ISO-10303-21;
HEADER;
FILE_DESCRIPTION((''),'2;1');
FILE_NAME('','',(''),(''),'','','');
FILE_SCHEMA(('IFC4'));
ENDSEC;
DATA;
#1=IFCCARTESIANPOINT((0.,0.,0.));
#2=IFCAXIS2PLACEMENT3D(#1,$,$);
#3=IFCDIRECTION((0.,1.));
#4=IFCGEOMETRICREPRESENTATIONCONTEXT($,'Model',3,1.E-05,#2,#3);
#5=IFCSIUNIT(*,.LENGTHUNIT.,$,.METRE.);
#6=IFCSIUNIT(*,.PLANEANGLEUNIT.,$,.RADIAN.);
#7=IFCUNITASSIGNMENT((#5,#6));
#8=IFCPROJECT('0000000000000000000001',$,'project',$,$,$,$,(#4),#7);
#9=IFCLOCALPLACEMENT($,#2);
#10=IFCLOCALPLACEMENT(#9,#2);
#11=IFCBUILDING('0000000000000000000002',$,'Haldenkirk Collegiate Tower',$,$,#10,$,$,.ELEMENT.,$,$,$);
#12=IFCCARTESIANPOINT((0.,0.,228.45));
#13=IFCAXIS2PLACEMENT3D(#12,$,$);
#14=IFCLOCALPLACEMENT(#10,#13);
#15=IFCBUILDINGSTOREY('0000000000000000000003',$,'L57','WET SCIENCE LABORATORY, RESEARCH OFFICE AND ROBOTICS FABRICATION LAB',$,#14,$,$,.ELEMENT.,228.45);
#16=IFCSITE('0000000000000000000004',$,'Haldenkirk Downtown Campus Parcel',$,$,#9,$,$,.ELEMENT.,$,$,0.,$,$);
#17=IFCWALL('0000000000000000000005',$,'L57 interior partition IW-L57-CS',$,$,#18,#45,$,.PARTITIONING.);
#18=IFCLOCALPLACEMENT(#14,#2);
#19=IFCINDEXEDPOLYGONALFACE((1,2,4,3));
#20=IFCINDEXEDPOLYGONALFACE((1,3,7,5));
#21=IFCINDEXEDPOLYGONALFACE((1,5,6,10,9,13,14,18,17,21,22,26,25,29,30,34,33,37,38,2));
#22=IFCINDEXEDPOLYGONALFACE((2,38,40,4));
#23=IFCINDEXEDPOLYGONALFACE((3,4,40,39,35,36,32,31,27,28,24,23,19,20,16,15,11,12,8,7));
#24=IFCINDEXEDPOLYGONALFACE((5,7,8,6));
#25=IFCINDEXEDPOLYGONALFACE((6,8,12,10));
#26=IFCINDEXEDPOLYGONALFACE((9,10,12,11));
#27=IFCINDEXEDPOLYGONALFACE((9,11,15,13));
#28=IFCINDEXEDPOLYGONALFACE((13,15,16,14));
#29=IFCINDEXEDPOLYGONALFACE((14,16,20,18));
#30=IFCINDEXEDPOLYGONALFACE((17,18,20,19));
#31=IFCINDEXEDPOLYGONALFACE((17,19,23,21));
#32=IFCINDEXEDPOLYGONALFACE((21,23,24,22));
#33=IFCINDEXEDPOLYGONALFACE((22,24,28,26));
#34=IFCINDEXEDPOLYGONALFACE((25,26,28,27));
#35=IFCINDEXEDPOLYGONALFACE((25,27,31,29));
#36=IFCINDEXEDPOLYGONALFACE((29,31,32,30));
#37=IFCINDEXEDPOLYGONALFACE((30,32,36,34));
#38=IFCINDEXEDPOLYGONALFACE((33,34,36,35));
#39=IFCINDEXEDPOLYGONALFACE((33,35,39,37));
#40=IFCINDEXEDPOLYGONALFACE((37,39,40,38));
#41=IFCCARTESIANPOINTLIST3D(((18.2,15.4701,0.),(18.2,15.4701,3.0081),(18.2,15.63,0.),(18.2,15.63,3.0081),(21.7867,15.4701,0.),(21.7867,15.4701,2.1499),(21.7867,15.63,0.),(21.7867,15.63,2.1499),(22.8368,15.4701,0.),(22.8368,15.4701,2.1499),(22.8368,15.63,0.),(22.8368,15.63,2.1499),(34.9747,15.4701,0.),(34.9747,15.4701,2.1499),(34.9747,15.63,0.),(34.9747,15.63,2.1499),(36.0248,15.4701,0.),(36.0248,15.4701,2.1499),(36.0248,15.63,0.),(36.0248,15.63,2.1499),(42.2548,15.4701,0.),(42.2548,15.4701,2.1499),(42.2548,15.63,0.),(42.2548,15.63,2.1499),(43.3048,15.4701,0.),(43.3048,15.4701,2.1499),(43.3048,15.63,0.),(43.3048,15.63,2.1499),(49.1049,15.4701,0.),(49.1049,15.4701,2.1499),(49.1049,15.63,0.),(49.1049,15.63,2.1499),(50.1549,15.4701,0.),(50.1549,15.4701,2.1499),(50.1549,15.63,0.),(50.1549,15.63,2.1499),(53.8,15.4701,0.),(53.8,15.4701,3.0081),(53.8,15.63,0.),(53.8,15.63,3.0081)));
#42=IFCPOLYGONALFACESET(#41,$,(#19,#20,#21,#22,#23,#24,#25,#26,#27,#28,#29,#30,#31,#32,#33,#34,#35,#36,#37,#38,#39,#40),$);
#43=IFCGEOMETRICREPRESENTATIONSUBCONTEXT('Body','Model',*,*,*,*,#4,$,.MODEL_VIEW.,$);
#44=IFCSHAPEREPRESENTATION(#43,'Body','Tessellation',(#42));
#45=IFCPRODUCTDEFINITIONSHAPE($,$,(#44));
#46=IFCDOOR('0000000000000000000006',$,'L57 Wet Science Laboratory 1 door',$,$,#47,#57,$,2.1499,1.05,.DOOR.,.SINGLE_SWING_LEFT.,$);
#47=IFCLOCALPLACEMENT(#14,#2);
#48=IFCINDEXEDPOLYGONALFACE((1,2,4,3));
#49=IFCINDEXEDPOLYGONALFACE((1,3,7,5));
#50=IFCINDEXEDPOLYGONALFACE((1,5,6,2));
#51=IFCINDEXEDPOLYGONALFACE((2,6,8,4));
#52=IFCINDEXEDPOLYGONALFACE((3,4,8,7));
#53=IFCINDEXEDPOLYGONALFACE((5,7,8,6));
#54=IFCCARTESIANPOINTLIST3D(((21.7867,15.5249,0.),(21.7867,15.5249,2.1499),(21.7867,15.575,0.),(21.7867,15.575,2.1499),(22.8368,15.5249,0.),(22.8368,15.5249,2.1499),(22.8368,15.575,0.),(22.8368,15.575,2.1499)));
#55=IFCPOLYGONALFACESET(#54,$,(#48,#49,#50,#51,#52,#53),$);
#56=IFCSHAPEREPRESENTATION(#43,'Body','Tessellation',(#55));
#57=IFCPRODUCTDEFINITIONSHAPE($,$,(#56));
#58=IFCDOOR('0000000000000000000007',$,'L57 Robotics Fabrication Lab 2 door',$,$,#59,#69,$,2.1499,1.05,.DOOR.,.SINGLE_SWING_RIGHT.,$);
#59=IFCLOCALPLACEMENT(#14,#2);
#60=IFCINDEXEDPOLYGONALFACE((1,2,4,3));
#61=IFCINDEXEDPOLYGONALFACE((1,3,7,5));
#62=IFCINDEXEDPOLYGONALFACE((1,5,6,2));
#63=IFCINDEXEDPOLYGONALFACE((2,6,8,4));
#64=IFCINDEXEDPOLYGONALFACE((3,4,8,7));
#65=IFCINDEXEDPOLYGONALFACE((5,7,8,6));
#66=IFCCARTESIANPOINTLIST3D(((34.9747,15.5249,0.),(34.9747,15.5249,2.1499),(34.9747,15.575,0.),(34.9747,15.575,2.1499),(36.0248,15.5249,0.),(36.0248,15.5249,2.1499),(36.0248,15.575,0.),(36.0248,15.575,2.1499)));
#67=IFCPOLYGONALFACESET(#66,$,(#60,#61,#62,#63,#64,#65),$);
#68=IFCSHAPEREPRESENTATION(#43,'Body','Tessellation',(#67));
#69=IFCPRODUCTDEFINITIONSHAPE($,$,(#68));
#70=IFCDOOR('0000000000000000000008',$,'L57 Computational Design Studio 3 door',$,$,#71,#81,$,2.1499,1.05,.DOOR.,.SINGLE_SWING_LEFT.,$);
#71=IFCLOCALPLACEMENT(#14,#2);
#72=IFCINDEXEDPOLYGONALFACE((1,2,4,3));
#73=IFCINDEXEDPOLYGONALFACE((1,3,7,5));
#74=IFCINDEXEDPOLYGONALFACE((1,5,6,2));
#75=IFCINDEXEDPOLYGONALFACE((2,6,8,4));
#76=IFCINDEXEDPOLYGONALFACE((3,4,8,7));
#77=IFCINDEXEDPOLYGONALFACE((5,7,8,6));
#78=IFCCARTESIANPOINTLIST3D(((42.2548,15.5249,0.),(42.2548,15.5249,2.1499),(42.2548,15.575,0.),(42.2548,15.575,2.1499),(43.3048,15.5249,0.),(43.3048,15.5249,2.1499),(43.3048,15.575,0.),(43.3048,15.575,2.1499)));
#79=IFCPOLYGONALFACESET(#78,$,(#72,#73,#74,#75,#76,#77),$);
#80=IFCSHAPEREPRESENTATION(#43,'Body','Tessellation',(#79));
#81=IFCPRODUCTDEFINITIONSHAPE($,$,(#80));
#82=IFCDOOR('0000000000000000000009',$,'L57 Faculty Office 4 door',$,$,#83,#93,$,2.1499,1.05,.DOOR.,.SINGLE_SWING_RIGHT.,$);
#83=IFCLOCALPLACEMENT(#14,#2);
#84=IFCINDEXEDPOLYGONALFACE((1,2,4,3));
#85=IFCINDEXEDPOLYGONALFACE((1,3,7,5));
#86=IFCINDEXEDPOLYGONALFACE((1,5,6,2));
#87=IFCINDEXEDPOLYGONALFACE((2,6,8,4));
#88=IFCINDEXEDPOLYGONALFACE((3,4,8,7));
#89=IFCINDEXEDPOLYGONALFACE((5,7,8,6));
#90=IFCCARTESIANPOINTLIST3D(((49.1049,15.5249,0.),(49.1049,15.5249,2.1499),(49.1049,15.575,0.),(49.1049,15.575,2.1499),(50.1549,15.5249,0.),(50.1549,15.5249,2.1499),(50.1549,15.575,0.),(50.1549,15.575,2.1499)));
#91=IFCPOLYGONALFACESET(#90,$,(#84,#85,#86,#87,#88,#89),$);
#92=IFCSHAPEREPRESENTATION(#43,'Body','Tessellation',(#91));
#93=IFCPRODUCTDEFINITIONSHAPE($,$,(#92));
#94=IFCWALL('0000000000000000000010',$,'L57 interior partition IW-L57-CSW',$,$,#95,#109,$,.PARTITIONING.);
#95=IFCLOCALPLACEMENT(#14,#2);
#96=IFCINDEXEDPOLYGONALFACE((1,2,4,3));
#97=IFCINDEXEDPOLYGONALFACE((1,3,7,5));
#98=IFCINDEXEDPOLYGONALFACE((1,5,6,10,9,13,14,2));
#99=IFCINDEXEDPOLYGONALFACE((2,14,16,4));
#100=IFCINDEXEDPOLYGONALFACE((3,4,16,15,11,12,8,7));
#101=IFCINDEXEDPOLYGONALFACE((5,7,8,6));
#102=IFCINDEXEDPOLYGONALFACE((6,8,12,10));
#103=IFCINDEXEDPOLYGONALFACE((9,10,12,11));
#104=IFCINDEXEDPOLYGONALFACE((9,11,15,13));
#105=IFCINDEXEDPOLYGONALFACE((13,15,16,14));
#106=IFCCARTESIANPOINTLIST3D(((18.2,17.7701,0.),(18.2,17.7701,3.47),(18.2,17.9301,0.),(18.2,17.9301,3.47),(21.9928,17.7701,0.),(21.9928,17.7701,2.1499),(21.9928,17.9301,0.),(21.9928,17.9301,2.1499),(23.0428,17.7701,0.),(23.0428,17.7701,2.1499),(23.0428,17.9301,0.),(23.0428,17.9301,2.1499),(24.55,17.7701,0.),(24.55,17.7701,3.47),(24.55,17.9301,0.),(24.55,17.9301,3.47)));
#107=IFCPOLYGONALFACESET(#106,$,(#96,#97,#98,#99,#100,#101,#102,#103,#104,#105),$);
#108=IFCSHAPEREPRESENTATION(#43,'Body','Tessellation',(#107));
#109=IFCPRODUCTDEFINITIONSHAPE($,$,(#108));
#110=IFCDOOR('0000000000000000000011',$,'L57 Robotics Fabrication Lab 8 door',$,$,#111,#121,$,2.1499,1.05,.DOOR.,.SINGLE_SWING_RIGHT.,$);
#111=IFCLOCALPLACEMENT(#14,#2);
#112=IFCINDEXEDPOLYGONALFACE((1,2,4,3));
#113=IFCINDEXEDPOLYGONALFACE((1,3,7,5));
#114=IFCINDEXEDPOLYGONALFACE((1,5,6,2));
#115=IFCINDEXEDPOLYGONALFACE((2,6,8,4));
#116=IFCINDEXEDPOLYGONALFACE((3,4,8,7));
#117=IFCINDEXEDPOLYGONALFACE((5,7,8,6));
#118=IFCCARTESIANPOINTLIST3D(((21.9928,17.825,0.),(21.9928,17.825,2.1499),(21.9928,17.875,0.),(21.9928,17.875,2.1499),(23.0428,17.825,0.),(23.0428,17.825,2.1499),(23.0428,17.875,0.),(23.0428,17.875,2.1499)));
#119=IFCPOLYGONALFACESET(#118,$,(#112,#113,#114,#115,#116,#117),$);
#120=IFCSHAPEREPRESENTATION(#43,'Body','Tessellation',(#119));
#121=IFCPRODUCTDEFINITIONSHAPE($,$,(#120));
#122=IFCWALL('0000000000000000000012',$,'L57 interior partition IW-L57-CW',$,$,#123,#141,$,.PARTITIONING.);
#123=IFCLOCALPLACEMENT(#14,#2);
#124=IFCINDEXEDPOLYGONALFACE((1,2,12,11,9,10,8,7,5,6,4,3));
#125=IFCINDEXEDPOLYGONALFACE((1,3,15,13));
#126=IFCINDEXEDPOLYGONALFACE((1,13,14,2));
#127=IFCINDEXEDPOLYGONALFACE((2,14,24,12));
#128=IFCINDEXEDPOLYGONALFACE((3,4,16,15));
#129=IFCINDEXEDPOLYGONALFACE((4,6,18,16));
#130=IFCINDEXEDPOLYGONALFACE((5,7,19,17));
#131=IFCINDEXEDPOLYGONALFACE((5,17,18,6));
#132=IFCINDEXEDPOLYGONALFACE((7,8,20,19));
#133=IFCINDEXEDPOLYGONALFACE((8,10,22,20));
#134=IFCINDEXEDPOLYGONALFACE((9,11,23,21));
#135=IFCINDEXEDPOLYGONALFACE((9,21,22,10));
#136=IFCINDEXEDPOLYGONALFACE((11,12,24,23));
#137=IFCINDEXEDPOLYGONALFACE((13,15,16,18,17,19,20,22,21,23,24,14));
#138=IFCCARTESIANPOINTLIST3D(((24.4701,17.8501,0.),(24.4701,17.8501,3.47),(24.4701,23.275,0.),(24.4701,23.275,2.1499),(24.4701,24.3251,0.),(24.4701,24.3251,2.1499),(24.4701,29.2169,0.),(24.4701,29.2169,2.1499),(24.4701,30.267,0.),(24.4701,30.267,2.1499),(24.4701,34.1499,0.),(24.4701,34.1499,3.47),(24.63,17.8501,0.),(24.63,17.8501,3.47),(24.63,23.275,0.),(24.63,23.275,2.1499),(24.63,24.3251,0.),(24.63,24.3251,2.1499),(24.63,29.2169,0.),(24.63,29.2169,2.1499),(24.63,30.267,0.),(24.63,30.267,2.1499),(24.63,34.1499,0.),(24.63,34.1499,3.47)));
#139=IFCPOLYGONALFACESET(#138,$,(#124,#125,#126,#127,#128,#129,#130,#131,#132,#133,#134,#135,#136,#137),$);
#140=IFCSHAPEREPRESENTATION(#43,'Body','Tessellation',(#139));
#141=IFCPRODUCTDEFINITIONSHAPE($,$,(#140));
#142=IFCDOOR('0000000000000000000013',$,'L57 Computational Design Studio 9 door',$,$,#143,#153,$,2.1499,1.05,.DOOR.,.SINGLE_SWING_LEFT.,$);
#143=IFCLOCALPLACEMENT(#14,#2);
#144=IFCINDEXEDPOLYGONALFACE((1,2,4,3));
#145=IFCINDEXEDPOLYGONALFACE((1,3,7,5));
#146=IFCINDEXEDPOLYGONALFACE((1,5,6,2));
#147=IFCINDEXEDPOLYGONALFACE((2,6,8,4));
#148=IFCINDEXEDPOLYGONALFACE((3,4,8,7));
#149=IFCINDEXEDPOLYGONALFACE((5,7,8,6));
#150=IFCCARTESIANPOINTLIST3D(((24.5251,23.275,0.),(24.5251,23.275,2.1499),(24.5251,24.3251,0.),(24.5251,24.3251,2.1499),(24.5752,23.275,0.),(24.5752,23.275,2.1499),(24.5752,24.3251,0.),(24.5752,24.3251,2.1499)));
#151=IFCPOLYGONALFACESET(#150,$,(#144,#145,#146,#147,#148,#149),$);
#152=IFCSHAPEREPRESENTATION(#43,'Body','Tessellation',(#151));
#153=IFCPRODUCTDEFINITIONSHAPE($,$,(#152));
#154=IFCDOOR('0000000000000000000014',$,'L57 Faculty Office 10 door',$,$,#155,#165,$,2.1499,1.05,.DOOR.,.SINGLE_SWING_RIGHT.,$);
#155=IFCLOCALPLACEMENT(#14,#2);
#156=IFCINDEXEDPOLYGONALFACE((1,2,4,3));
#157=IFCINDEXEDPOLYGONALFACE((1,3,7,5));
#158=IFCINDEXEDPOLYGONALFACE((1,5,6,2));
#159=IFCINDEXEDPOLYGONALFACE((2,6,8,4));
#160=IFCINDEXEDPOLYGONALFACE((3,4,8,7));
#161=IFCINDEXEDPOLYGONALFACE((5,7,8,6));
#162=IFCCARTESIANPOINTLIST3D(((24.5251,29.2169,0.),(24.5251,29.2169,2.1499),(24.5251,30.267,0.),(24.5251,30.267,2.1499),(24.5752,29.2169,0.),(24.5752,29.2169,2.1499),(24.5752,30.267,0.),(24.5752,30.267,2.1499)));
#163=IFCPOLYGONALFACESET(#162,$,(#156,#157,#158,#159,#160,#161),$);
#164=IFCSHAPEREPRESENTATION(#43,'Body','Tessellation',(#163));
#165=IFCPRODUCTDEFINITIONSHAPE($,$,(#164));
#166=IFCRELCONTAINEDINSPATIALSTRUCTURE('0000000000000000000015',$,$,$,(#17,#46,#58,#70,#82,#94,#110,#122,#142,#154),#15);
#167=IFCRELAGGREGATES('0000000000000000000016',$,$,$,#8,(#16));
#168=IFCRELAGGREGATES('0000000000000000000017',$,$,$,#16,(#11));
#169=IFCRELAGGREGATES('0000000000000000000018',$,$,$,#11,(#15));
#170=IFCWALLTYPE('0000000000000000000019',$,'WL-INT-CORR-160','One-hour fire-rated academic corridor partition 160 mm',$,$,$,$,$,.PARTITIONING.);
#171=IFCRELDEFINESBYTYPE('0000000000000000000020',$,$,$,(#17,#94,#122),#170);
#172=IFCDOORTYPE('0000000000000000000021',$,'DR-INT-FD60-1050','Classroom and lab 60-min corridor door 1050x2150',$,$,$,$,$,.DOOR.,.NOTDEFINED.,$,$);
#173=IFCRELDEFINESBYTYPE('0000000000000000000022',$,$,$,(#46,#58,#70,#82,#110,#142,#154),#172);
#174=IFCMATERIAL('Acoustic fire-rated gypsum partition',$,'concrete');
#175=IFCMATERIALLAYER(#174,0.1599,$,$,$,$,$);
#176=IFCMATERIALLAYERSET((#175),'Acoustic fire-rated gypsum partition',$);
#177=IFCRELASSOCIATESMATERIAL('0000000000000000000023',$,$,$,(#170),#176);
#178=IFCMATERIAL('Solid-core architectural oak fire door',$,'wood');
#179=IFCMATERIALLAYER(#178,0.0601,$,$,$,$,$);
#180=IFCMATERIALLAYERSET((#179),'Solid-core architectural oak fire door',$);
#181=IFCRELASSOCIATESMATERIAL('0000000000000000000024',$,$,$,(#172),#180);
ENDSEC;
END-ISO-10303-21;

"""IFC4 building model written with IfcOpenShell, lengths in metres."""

from ifc_helpers import new_model, si_unit, direction, frame, frame_2d, origin, place, context, subcontext, project, spatial, rectangle, extrude, material, layer, layer_set, type_object, element, fill, save


model = new_model("IFC4")

# Units and contexts
model_context = context("Model", 3, precision=1e-05, world=origin(), true_north=direction((0.0, 1.0)))
body_context = subcontext(model_context, "Body", "Model", "MODEL_VIEW")
ifc_project = project(units=[si_unit("LENGTHUNIT", "METRE"), si_unit("PLANEANGLEUNIT", "RADIAN")], contexts=[model_context])

# Site, building, storey
site_placement = place(None, origin())
site = spatial("IfcSite", under=ifc_project, at=site_placement, Name="Haldenkirk Downtown Campus Parcel", CompositionType="ELEMENT", RefElevation=0.0)
building_placement = place(site_placement, origin())
building = spatial("IfcBuilding", under=site, at=building_placement, Name="Haldenkirk Collegiate Tower", CompositionType="ELEMENT")
storey_placement = place(building_placement, frame((0.0, 0.0, 228.45)))
storey = spatial("IfcBuildingStorey", under=building, at=storey_placement, Name="L57", Description="WET SCIENCE LABORATORY, RESEARCH OFFICE AND ROBOTICS FABRICATION LAB", CompositionType="ELEMENT", Elevation=228.45)

# Wall, openings, doors
ifc_material_1 = material(Name="Acoustic fire-rated gypsum partition", Category="concrete")
ifc_layer_1 = layer(ifc_material_1, 0.1599)
ifc_layer_set_1 = layer_set([ifc_layer_1], Name="Acoustic fire-rated gypsum partition")
wall_type_1 = type_object("IfcWallType", Name="WL-INT-CORR-160", Description="One-hour fire-rated academic corridor partition 160 mm", PredefinedType="PARTITIONING", material=ifc_layer_set_1)
wall_1_placement = place(storey_placement, frame((18.2, 15.55, 0.0), z_axis=(0.0, 0.0, 1.0), x_axis=(1.0, 0.0, 0.0)))
wall_1 = element("IfcWall", 1, at=wall_1_placement, inside=storey, type_object=wall_type_1, Name="L57 interior partition IW-L57-CS", PredefinedType="PARTITIONING", context=body_context, shape_type="SweptSolid", body=[
    extrude(rectangle(XDim=35.6001, YDim=0.1599, at=frame_2d((17.8, 0.0))), origin(), (0.0, 0.0, 1.0), 3.0081),
])
opening_1_placement = place(wall_1_placement, frame((3.5869, 0.0, 0.0)))
opening_1 = element("IfcOpeningElement", 2, at=opening_1_placement, cuts=wall_1, PredefinedType="OPENING", context=body_context, shape_type="SweptSolid", body=[
    extrude(rectangle(XDim=1.05, YDim=2.1499, at=frame_2d((0.5249, 1.075))), frame((0.0, 0.0898, 0.0), z_axis=(0.0, -1.0, 0.0), x_axis=(1.0, 0.0, 0.0)), (0.0, 0.0, 1.0), 0.1799),
])
opening_2_placement = place(wall_1_placement, frame((16.7749, 0.0, 0.0)))
opening_2 = element("IfcOpeningElement", 3, at=opening_2_placement, cuts=wall_1, PredefinedType="OPENING", context=body_context, shape_type="SweptSolid", body=[
    extrude(rectangle(XDim=1.05, YDim=2.1499, at=frame_2d((0.5249, 1.075))), frame((0.0, 0.0898, 0.0), z_axis=(0.0, -1.0, 0.0), x_axis=(1.0, 0.0, 0.0)), (0.0, 0.0, 1.0), 0.1799),
])
opening_3_placement = place(wall_1_placement, frame((24.0549, 0.0, 0.0)))
opening_3 = element("IfcOpeningElement", 4, at=opening_3_placement, cuts=wall_1, PredefinedType="OPENING", context=body_context, shape_type="SweptSolid", body=[
    extrude(rectangle(XDim=1.05, YDim=2.1499, at=frame_2d((0.5249, 1.075))), frame((0.0, 0.0898, 0.0), z_axis=(0.0, -1.0, 0.0), x_axis=(1.0, 0.0, 0.0)), (0.0, 0.0, 1.0), 0.1799),
])
opening_4_placement = place(wall_1_placement, frame((30.905, 0.0, 0.0)))
opening_4 = element("IfcOpeningElement", 5, at=opening_4_placement, cuts=wall_1, PredefinedType="OPENING", context=body_context, shape_type="SweptSolid", body=[
    extrude(rectangle(XDim=1.05, YDim=2.1499, at=frame_2d((0.5249, 1.075))), frame((0.0, 0.0898, 0.0), z_axis=(0.0, -1.0, 0.0), x_axis=(1.0, 0.0, 0.0)), (0.0, 0.0, 1.0), 0.1799),
])
ifc_material_2 = material(Name="Solid-core architectural oak fire door", Category="wood")
ifc_layer_2 = layer(ifc_material_2, 0.0601)
ifc_layer_set_2 = layer_set([ifc_layer_2], Name="Solid-core architectural oak fire door")
door_type_1 = type_object("IfcDoorType", Name="DR-INT-FD60-1050", Description="Classroom and lab 60-min corridor door 1050x2150", OperationType="NOTDEFINED", PredefinedType="DOOR", material=ifc_layer_set_2)
door_1_placement = place(opening_1_placement, origin())
door_1 = element("IfcDoor", 6, at=door_1_placement, inside=storey, type_object=door_type_1, Name="L57 Wet Science Laboratory 1 door", OperationType="SINGLE_SWING_LEFT", OverallHeight=2.1499, OverallWidth=1.05, PredefinedType="DOOR", context=body_context, shape_type="SweptSolid", body=[
    extrude(rectangle(XDim=1.05, YDim=2.1499, at=frame_2d((0.5249, 1.075))), frame((0.0, 0.0249, 0.0), z_axis=(0.0, -1.0, 0.0), x_axis=(1.0, 0.0, 0.0)), (0.0, 0.0, 1.0), 0.05),
])
fill(opening_1, door_1)
door_2_placement = place(opening_2_placement, origin())
door_2 = element("IfcDoor", 7, at=door_2_placement, inside=storey, type_object=door_type_1, Name="L57 Robotics Fabrication Lab 2 door", OperationType="SINGLE_SWING_RIGHT", OverallHeight=2.1499, OverallWidth=1.05, PredefinedType="DOOR", context=body_context, shape_type="SweptSolid", body=[
    extrude(rectangle(XDim=1.05, YDim=2.1499, at=frame_2d((0.5249, 1.075))), frame((0.0, 0.0249, 0.0), z_axis=(0.0, -1.0, 0.0), x_axis=(1.0, 0.0, 0.0)), (0.0, 0.0, 1.0), 0.05),
])
fill(opening_2, door_2)
door_3_placement = place(opening_3_placement, origin())
door_3 = element("IfcDoor", 8, at=door_3_placement, inside=storey, type_object=door_type_1, Name="L57 Computational Design Studio 3 door", OperationType="SINGLE_SWING_LEFT", OverallHeight=2.1499, OverallWidth=1.05, PredefinedType="DOOR", context=body_context, shape_type="SweptSolid", body=[
    extrude(rectangle(XDim=1.05, YDim=2.1499, at=frame_2d((0.5249, 1.075))), frame((0.0, 0.0249, 0.0), z_axis=(0.0, -1.0, 0.0), x_axis=(1.0, 0.0, 0.0)), (0.0, 0.0, 1.0), 0.05),
])
fill(opening_3, door_3)
door_4_placement = place(opening_4_placement, origin())
door_4 = element("IfcDoor", 9, at=door_4_placement, inside=storey, type_object=door_type_1, Name="L57 Faculty Office 4 door", OperationType="SINGLE_SWING_RIGHT", OverallHeight=2.1499, OverallWidth=1.05, PredefinedType="DOOR", context=body_context, shape_type="SweptSolid", body=[
    extrude(rectangle(XDim=1.05, YDim=2.1499, at=frame_2d((0.5249, 1.075))), frame((0.0, 0.0249, 0.0), z_axis=(0.0, -1.0, 0.0), x_axis=(1.0, 0.0, 0.0)), (0.0, 0.0, 1.0), 0.05),
])
fill(opening_4, door_4)

# Wall, opening, door
wall_2_placement = place(storey_placement, frame((18.2, 17.8501, 0.0), z_axis=(0.0, 0.0, 1.0), x_axis=(1.0, 0.0, 0.0)))
wall_2 = element("IfcWall", 10, at=wall_2_placement, inside=storey, type_object=wall_type_1, Name="L57 interior partition IW-L57-CSW", PredefinedType="PARTITIONING", context=body_context, shape_type="SweptSolid", body=[
    extrude(rectangle(XDim=6.3501, YDim=0.1599, at=frame_2d((3.175, 0.0))), origin(), (0.0, 0.0, 1.0), 3.47),
])
opening_5_placement = place(wall_2_placement, frame((3.793, 0.0, 0.0)))
opening_5 = element("IfcOpeningElement", 11, at=opening_5_placement, cuts=wall_2, PredefinedType="OPENING", context=body_context, shape_type="SweptSolid", body=[
    extrude(rectangle(XDim=1.05, YDim=2.1499, at=frame_2d((0.5249, 1.075))), frame((0.0, 0.0898, 0.0), z_axis=(0.0, -1.0, 0.0), x_axis=(1.0, 0.0, 0.0)), (0.0, 0.0, 1.0), 0.1799),
])
door_5_placement = place(opening_5_placement, origin())
door_5 = element("IfcDoor", 12, at=door_5_placement, inside=storey, type_object=door_type_1, Name="L57 Robotics Fabrication Lab 8 door", OperationType="SINGLE_SWING_RIGHT", OverallHeight=2.1499, OverallWidth=1.05, PredefinedType="DOOR", context=body_context, shape_type="SweptSolid", body=[
    extrude(rectangle(XDim=1.05, YDim=2.1499, at=frame_2d((0.5249, 1.075))), frame((0.0, 0.0249, 0.0), z_axis=(0.0, -1.0, 0.0), x_axis=(1.0, 0.0, 0.0)), (0.0, 0.0, 1.0), 0.05),
])
fill(opening_5, door_5)

# Wall, openings, doors
wall_3_placement = place(storey_placement, frame((24.55, 17.8501, 0.0), z_axis=(0.0, 0.0, 1.0), x_axis=(0.0, 1.0, 0.0)))
wall_3 = element("IfcWall", 13, at=wall_3_placement, inside=storey, type_object=wall_type_1, Name="L57 interior partition IW-L57-CW", PredefinedType="PARTITIONING", context=body_context, shape_type="SweptSolid", body=[
    extrude(rectangle(XDim=16.2998, YDim=0.1599, at=frame_2d((8.1499, 0.0))), origin(), (0.0, 0.0, 1.0), 3.47),
])
opening_6_placement = place(wall_3_placement, frame((5.425, 0.0, 0.0)))
opening_6 = element("IfcOpeningElement", 14, at=opening_6_placement, cuts=wall_3, PredefinedType="OPENING", context=body_context, shape_type="SweptSolid", body=[
    extrude(rectangle(XDim=1.05, YDim=2.1499, at=frame_2d((0.5249, 1.075))), frame((0.0, 0.0898, 0.0), z_axis=(0.0, -1.0, 0.0), x_axis=(1.0, 0.0, 0.0)), (0.0, 0.0, 1.0), 0.1799),
])
opening_7_placement = place(wall_3_placement, frame((11.3669, 0.0, 0.0)))
opening_7 = element("IfcOpeningElement", 15, at=opening_7_placement, cuts=wall_3, PredefinedType="OPENING", context=body_context, shape_type="SweptSolid", body=[
    extrude(rectangle(XDim=1.05, YDim=2.1499, at=frame_2d((0.5249, 1.075))), frame((0.0, 0.0898, 0.0), z_axis=(0.0, -1.0, 0.0), x_axis=(1.0, 0.0, 0.0)), (0.0, 0.0, 1.0), 0.1799),
])
door_6_placement = place(opening_6_placement, origin())
door_6 = element("IfcDoor", 16, at=door_6_placement, inside=storey, type_object=door_type_1, Name="L57 Computational Design Studio 9 door", OperationType="SINGLE_SWING_LEFT", OverallHeight=2.1499, OverallWidth=1.05, PredefinedType="DOOR", context=body_context, shape_type="SweptSolid", body=[
    extrude(rectangle(XDim=1.05, YDim=2.1499, at=frame_2d((0.5249, 1.075))), frame((0.0, 0.0249, 0.0), z_axis=(0.0, -1.0, 0.0), x_axis=(1.0, 0.0, 0.0)), (0.0, 0.0, 1.0), 0.05),
])
fill(opening_6, door_6)
door_7_placement = place(opening_7_placement, origin())
door_7 = element("IfcDoor", 17, at=door_7_placement, inside=storey, type_object=door_type_1, Name="L57 Faculty Office 10 door", OperationType="SINGLE_SWING_RIGHT", OverallHeight=2.1499, OverallWidth=1.05, PredefinedType="DOOR", context=body_context, shape_type="SweptSolid", body=[
    extrude(rectangle(XDim=1.05, YDim=2.1499, at=frame_2d((0.5249, 1.075))), frame((0.0, 0.0249, 0.0), z_axis=(0.0, -1.0, 0.0), x_axis=(1.0, 0.0, 0.0)), (0.0, 0.0, 1.0), 0.05),
])
fill(opening_7, door_7)

save(model, "model.ifc")
